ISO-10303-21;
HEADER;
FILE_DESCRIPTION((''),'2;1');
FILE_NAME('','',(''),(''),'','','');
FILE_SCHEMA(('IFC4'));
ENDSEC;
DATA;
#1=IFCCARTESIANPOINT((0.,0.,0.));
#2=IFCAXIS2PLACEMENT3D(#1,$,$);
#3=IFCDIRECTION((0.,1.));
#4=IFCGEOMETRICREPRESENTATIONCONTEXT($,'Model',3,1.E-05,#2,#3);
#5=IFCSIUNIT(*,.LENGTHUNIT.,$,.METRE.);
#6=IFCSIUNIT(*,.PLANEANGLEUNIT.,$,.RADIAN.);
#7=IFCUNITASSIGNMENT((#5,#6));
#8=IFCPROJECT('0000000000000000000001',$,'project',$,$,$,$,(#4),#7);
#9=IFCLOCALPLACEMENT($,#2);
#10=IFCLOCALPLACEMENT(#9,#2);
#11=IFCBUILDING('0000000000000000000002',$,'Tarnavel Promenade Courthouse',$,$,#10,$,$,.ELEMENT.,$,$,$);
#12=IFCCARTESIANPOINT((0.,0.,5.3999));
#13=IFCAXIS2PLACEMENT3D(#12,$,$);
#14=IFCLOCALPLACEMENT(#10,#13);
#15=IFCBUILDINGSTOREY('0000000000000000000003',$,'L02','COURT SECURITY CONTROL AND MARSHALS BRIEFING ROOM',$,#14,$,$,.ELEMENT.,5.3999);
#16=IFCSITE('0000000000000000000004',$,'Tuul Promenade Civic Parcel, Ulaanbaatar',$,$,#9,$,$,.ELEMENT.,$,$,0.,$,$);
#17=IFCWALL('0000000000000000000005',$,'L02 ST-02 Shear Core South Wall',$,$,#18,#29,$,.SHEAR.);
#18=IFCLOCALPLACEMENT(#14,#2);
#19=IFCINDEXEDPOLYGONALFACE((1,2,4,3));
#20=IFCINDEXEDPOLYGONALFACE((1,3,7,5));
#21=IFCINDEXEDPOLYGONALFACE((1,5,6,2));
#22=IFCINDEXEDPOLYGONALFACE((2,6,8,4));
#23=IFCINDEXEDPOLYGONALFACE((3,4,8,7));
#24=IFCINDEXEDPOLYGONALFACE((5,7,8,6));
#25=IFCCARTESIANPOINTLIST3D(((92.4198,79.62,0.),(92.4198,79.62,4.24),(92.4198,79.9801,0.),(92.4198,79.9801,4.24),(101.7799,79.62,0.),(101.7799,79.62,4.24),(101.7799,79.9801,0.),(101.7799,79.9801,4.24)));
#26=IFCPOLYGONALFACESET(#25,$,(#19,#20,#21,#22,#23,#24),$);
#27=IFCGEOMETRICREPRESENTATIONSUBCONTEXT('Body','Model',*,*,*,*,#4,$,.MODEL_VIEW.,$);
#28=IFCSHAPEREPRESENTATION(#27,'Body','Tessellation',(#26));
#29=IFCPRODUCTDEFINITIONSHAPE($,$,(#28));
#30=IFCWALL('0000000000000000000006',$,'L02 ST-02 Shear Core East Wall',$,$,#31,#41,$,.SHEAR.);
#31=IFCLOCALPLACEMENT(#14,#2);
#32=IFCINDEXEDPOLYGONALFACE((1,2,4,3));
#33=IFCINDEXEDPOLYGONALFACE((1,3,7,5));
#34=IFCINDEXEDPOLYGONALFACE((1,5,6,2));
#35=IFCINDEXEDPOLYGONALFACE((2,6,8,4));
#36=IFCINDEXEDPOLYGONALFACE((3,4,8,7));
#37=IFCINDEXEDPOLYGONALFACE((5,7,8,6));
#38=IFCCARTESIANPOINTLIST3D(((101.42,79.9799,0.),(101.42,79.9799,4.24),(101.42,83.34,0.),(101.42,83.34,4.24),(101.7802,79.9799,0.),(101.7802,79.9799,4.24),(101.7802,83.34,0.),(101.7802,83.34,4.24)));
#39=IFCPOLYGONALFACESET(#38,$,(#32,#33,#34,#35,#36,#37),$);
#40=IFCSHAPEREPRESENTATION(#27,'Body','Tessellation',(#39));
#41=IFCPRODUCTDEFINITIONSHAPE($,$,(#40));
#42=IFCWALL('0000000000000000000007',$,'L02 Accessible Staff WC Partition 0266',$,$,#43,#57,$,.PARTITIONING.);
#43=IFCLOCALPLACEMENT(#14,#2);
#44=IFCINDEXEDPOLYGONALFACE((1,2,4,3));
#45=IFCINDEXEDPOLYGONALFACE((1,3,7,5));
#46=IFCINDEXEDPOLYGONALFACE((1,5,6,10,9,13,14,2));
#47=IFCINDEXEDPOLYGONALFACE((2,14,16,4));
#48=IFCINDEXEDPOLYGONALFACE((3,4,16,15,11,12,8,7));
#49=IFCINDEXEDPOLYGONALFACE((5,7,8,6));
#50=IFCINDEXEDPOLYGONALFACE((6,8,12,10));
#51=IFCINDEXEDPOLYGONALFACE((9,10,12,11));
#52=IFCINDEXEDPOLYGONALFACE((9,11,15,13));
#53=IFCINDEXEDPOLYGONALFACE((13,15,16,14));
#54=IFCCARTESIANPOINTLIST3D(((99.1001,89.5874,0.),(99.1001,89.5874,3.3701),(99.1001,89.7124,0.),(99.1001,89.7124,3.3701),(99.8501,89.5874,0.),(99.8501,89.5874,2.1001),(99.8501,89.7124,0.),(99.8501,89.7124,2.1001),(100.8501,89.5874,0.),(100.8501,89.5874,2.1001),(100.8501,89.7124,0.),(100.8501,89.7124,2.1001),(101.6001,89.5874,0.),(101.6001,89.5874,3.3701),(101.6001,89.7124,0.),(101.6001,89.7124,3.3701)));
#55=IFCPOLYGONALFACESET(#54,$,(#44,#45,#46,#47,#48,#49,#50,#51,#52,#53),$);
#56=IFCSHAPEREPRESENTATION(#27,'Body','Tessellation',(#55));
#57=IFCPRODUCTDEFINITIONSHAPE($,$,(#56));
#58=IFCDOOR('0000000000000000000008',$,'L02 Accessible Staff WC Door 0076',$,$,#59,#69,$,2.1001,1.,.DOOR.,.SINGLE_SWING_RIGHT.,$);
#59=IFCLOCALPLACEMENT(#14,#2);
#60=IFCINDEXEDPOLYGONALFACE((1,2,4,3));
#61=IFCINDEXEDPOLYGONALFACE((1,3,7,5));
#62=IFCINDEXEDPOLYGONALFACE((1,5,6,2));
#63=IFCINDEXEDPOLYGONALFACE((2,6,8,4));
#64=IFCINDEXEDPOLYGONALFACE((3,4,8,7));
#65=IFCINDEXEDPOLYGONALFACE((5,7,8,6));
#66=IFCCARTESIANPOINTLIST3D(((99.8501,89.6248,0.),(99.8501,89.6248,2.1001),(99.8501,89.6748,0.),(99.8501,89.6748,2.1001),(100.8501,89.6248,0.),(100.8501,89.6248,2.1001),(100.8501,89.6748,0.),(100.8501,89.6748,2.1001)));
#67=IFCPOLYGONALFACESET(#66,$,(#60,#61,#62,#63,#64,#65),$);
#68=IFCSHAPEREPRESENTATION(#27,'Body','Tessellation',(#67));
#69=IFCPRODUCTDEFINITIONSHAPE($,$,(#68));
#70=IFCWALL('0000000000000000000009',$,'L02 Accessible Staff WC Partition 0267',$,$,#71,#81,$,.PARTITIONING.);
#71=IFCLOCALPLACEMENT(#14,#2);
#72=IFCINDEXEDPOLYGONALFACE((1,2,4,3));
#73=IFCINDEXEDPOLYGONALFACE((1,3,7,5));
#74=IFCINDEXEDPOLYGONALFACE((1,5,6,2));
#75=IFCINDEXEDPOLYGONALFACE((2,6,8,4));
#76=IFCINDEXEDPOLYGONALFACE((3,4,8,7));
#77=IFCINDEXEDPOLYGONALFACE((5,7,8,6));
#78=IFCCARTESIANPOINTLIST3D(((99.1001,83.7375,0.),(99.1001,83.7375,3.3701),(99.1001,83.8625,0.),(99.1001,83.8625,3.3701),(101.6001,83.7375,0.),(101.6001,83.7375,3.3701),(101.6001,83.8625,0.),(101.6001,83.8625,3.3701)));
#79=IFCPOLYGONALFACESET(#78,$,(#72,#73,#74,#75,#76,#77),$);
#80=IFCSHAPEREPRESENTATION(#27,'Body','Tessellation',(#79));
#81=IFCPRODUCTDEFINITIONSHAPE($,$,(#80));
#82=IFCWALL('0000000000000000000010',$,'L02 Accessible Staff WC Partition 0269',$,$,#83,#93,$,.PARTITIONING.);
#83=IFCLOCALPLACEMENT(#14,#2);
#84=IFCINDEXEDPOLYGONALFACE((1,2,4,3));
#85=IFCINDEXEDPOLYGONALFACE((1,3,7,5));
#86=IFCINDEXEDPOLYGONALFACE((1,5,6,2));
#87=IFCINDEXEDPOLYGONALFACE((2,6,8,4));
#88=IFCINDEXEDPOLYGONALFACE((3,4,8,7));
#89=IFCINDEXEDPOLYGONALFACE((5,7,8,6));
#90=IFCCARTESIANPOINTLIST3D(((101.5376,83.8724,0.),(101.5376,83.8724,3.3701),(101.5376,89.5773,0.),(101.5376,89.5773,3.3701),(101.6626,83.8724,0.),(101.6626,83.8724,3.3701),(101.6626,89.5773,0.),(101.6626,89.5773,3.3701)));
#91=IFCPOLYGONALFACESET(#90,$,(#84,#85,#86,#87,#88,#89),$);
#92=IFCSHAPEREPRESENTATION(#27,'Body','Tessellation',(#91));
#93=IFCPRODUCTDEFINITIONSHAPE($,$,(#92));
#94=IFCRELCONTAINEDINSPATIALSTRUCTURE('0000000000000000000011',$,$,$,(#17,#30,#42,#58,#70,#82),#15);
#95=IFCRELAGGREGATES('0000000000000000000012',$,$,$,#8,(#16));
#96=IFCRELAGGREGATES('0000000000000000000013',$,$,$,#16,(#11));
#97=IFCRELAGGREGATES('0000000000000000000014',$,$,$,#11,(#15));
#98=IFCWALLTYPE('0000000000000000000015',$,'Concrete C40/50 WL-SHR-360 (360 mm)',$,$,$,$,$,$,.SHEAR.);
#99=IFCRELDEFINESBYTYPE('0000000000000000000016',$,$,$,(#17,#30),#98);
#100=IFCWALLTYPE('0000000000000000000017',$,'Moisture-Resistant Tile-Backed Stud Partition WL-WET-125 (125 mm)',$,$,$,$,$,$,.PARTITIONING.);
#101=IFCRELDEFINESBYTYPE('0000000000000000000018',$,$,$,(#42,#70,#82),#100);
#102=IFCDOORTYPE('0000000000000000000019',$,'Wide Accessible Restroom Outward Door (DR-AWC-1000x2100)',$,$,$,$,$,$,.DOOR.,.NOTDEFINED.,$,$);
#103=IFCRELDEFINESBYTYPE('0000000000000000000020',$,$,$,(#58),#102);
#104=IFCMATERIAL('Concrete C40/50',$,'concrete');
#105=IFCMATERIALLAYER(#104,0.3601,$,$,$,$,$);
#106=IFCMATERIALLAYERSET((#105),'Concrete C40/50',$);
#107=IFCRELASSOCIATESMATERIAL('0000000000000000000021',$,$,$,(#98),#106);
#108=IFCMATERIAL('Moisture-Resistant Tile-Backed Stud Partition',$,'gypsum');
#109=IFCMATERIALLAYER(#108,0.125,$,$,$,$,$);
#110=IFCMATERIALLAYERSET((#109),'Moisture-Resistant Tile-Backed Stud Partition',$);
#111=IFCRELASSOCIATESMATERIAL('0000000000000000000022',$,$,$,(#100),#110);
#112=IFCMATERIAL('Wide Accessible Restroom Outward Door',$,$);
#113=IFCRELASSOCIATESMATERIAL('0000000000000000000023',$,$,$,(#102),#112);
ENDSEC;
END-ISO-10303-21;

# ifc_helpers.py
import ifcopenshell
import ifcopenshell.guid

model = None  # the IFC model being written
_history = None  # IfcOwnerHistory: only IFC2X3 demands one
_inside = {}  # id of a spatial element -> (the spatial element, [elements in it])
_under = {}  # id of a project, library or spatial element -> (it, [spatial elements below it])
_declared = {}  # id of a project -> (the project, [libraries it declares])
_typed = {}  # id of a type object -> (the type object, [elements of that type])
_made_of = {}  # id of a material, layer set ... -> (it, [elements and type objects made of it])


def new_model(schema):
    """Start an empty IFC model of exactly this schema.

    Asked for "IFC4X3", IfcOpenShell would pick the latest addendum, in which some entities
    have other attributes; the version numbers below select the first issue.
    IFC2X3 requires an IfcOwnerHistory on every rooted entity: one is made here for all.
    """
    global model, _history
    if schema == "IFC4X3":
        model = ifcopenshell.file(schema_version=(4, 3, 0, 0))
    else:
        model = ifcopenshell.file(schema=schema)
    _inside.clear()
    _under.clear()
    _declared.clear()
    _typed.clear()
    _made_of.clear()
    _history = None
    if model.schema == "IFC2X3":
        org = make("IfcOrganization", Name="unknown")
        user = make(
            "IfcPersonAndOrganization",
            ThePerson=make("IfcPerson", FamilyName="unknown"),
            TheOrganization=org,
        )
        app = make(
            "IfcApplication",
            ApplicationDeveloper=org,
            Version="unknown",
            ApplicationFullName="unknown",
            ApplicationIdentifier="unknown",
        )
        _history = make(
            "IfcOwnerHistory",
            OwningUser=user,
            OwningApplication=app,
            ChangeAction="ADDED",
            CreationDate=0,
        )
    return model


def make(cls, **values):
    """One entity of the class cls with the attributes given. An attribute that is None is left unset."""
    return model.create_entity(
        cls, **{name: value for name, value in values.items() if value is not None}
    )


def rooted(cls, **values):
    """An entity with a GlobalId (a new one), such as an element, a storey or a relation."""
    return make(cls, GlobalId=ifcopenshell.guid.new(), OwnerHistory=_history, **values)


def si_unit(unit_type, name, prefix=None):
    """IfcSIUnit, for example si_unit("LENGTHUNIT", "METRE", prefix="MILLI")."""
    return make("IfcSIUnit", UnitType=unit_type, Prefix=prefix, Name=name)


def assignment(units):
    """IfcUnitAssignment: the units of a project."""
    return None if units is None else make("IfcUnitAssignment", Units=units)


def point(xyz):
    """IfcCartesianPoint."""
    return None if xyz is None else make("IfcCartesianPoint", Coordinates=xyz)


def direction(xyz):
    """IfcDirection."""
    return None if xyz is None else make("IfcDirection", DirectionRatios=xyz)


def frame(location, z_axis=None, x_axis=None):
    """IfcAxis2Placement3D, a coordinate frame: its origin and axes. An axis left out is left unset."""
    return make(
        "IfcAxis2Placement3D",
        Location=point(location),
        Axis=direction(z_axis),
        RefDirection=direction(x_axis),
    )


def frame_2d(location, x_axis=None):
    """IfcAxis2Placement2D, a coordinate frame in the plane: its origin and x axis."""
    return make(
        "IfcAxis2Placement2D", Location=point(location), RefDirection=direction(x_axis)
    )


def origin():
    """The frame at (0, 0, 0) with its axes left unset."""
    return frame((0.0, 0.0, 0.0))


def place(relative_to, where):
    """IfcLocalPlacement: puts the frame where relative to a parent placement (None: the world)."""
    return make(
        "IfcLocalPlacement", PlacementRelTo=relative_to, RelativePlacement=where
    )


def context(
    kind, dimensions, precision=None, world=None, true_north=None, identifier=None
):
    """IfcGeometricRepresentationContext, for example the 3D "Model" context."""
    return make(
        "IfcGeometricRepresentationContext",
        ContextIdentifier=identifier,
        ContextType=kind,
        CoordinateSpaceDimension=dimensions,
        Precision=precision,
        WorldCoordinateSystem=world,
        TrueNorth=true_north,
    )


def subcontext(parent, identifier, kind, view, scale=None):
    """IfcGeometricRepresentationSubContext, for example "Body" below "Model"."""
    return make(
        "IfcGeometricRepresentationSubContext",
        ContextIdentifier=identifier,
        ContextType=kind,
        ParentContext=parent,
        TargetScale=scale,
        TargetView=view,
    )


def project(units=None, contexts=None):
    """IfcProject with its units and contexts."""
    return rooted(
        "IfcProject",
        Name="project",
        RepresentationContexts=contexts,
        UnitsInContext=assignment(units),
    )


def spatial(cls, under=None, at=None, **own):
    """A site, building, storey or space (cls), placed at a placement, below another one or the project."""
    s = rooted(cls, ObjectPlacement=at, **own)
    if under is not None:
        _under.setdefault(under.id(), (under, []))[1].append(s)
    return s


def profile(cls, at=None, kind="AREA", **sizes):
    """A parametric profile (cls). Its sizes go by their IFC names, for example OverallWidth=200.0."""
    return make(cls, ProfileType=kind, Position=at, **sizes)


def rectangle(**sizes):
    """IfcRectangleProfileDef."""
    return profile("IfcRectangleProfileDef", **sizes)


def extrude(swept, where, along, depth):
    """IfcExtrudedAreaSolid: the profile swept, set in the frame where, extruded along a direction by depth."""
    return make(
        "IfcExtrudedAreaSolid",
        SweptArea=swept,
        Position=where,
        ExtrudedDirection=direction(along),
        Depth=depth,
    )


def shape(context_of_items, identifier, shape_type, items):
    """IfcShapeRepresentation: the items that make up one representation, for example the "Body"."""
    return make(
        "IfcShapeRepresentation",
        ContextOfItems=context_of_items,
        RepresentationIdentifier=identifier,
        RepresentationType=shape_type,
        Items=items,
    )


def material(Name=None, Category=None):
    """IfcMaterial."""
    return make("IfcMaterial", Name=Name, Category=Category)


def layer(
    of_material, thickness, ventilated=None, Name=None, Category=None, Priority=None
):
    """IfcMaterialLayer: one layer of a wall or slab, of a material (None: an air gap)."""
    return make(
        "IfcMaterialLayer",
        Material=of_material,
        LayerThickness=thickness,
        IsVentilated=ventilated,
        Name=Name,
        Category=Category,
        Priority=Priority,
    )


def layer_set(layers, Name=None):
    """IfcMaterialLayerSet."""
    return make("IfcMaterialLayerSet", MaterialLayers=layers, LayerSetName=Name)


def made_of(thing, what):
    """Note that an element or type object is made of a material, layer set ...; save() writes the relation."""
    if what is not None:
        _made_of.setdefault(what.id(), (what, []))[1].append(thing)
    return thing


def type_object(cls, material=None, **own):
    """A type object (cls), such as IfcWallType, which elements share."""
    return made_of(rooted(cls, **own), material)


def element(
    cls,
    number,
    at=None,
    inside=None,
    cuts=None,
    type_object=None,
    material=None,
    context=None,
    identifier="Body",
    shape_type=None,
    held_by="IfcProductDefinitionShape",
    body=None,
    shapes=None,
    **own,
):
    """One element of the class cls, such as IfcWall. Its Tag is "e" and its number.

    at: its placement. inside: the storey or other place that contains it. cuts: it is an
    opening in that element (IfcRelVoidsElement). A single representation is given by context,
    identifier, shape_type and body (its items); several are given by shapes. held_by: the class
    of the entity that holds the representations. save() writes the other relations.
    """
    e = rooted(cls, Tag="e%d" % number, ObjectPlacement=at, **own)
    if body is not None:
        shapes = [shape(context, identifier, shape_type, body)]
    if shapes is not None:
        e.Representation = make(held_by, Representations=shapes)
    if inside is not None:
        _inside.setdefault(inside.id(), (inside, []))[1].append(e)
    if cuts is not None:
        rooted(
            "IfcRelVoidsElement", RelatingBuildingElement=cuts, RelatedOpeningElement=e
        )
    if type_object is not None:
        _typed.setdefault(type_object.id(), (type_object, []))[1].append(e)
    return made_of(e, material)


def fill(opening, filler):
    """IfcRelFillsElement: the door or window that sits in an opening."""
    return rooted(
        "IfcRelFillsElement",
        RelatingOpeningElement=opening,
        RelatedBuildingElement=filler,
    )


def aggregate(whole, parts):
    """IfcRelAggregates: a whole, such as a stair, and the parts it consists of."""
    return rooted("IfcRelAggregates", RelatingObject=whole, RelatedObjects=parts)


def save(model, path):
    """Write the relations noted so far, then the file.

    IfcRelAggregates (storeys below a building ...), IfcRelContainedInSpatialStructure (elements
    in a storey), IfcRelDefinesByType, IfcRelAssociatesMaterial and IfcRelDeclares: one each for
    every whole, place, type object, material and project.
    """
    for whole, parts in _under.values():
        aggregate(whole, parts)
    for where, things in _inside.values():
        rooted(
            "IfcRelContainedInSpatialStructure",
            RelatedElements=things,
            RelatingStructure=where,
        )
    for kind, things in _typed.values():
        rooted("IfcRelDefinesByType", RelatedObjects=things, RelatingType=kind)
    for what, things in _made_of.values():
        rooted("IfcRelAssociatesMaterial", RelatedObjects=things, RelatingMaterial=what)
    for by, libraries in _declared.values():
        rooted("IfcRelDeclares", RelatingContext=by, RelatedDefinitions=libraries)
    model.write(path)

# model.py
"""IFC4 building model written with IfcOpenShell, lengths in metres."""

from ifc_helpers import new_model, si_unit, direction, frame, frame_2d, origin, place, context, subcontext, project, spatial, rectangle, extrude, material, layer, layer_set, type_object, element, fill, save


model = new_model("IFC4")

# Units and contexts
model_context = context("Model", 3, precision=1e-05, world=origin(), true_north=direction((0.0, 1.0)))
body_context = subcontext(model_context, "Body", "Model", "MODEL_VIEW")
ifc_project = project(units=[si_unit("LENGTHUNIT", "METRE"), si_unit("PLANEANGLEUNIT", "RADIAN")], contexts=[model_context])

# Site, building, storey
site_placement = place(None, origin())
site = spatial("IfcSite", under=ifc_project, at=site_placement, Name="Tuul Promenade Civic Parcel, Ulaanbaatar", CompositionType="ELEMENT", RefElevation=0.0)
building_placement = place(site_placement, origin())
building = spatial("IfcBuilding", under=site, at=building_placement, Name="Tarnavel Promenade Courthouse", CompositionType="ELEMENT")
storey_placement = place(building_placement, frame((0.0, 0.0, 5.3999)))
storey = spatial("IfcBuildingStorey", under=building, at=storey_placement, Name="L02", Description="COURT SECURITY CONTROL AND MARSHALS BRIEFING ROOM", CompositionType="ELEMENT", Elevation=5.3999)

# Shared definitions
ifc_material_1 = material(Name="Concrete C40/50", Category="concrete")

# Walls
ifc_layer_1 = layer(ifc_material_1, 0.3601)
ifc_layer_set_1 = layer_set([ifc_layer_1], Name="Concrete C40/50")
wall_type_1 = type_object("IfcWallType", Name="Concrete C40/50 WL-SHR-360 (360 mm)", PredefinedType="SHEAR", material=ifc_layer_set_1)
wall_1_placement = place(storey_placement, frame((101.78, 79.8, 0.0), z_axis=(0.0, 0.0, 1.0), x_axis=(-1.0, 0.0, 0.0)))
element("IfcWall", 1, at=wall_1_placement, inside=storey, type_object=wall_type_1, Name="L02 ST-02 Shear Core South Wall", PredefinedType="SHEAR", context=body_context, shape_type="SweptSolid", body=[
    extrude(rectangle(XDim=9.3601, YDim=0.3601, at=frame_2d((4.6802, 0.0))), origin(), (0.0, 0.0, 1.0), 4.24),
])
wall_2_placement = place(storey_placement, frame((101.6001, 83.3401, 0.0), z_axis=(0.0, 0.0, 1.0), x_axis=(0.0, -1.0, 0.0)))
element("IfcWall", 2, at=wall_2_placement, inside=storey, type_object=wall_type_1, Name="L02 ST-02 Shear Core East Wall", PredefinedType="SHEAR", context=body_context, shape_type="SweptSolid", body=[
    extrude(rectangle(XDim=3.3601, YDim=0.3601, at=frame_2d((1.6802, 0.0))), origin(), (0.0, 0.0, 1.0), 4.24),
])

# Wall, opening, door
ifc_material_2 = material(Name="Moisture-Resistant Tile-Backed Stud Partition", Category="gypsum")
ifc_layer_2 = layer(ifc_material_2, 0.125)
ifc_layer_set_2 = layer_set([ifc_layer_2], Name="Moisture-Resistant Tile-Backed Stud Partition")
wall_type_2 = type_object("IfcWallType", Name="Moisture-Resistant Tile-Backed Stud Partition WL-WET-125 (125 mm)", PredefinedType="PARTITIONING", material=ifc_layer_set_2)
wall_3_placement = place(storey_placement, frame((99.1001, 89.6499, 0.0), z_axis=(0.0, 0.0, 1.0), x_axis=(1.0, 0.0, 0.0)))
wall_3 = element("IfcWall", 3, at=wall_3_placement, inside=storey, type_object=wall_type_2, Name="L02 Accessible Staff WC Partition 0266", PredefinedType="PARTITIONING", context=body_context, shape_type="SweptSolid", body=[
    extrude(rectangle(XDim=2.5, YDim=0.125, at=frame_2d((1.25, 0.0))), origin(), (0.0, 0.0, 1.0), 3.3701),
])
opening_placement = place(wall_3_placement, frame((0.75, 0.0, 0.0)))
opening = element("IfcOpeningElement", 4, at=opening_placement, cuts=wall_3, PredefinedType="OPENING", context=body_context, shape_type="SweptSolid", body=[
    extrude(rectangle(XDim=1.0, YDim=2.1001, at=frame_2d((0.5, 1.05))), frame((0.0, 0.0725, 0.0), z_axis=(0.0, -1.0, 0.0), x_axis=(1.0, 0.0, 0.0)), (0.0, 0.0, 1.0), 0.145),
])
ifc_material_3 = material(Name="Wide Accessible Restroom Outward Door")
door_type = type_object("IfcDoorType", Name="Wide Accessible Restroom Outward Door (DR-AWC-1000x2100)", OperationType="NOTDEFINED", PredefinedType="DOOR", material=ifc_material_3)
door_placement = place(opening_placement, origin())
door = element("IfcDoor", 5, at=door_placement, inside=storey, type_object=door_type, Name="L02 Accessible Staff WC Door 0076", OperationType="SINGLE_SWING_RIGHT", OverallHeight=2.1001, OverallWidth=1.0, PredefinedType="DOOR", context=body_context, shape_type="SweptSolid", body=[
    extrude(rectangle(XDim=1.0, YDim=2.1001, at=frame_2d((0.5, 1.05))), frame((0.0, 0.0249, 0.0), z_axis=(0.0, -1.0, 0.0), x_axis=(1.0, 0.0, 0.0)), (0.0, 0.0, 1.0), 0.05),
])
fill(opening, door)

# Walls
wall_4_placement = place(storey_placement, frame((101.6001, 83.8, 0.0), z_axis=(0.0, 0.0, 1.0), x_axis=(-1.0, 0.0, 0.0)))
element("IfcWall", 6, at=wall_4_placement, inside=storey, type_object=wall_type_2, Name="L02 Accessible Staff WC Partition 0267", PredefinedType="PARTITIONING", context=body_context, shape_type="SweptSolid", body=[
    extrude(rectangle(XDim=2.5, YDim=0.125, at=frame_2d((1.25, 0.0))), origin(), (0.0, 0.0, 1.0), 3.3701),
])
wall_5_placement = place(storey_placement, frame((101.6001, 89.5774, 0.0), z_axis=(0.0, 0.0, 1.0), x_axis=(0.0, -1.0, 0.0)))
element("IfcWall", 7, at=wall_5_placement, inside=storey, type_object=wall_type_2, Name="L02 Accessible Staff WC Partition 0269", PredefinedType="PARTITIONING", context=body_context, shape_type="SweptSolid", body=[
    extrude(rectangle(XDim=5.7048, YDim=0.125, at=frame_2d((2.8525, 0.0))), origin(), (0.0, 0.0, 1.0), 3.3701),
])

save(model, "model.ifc")
